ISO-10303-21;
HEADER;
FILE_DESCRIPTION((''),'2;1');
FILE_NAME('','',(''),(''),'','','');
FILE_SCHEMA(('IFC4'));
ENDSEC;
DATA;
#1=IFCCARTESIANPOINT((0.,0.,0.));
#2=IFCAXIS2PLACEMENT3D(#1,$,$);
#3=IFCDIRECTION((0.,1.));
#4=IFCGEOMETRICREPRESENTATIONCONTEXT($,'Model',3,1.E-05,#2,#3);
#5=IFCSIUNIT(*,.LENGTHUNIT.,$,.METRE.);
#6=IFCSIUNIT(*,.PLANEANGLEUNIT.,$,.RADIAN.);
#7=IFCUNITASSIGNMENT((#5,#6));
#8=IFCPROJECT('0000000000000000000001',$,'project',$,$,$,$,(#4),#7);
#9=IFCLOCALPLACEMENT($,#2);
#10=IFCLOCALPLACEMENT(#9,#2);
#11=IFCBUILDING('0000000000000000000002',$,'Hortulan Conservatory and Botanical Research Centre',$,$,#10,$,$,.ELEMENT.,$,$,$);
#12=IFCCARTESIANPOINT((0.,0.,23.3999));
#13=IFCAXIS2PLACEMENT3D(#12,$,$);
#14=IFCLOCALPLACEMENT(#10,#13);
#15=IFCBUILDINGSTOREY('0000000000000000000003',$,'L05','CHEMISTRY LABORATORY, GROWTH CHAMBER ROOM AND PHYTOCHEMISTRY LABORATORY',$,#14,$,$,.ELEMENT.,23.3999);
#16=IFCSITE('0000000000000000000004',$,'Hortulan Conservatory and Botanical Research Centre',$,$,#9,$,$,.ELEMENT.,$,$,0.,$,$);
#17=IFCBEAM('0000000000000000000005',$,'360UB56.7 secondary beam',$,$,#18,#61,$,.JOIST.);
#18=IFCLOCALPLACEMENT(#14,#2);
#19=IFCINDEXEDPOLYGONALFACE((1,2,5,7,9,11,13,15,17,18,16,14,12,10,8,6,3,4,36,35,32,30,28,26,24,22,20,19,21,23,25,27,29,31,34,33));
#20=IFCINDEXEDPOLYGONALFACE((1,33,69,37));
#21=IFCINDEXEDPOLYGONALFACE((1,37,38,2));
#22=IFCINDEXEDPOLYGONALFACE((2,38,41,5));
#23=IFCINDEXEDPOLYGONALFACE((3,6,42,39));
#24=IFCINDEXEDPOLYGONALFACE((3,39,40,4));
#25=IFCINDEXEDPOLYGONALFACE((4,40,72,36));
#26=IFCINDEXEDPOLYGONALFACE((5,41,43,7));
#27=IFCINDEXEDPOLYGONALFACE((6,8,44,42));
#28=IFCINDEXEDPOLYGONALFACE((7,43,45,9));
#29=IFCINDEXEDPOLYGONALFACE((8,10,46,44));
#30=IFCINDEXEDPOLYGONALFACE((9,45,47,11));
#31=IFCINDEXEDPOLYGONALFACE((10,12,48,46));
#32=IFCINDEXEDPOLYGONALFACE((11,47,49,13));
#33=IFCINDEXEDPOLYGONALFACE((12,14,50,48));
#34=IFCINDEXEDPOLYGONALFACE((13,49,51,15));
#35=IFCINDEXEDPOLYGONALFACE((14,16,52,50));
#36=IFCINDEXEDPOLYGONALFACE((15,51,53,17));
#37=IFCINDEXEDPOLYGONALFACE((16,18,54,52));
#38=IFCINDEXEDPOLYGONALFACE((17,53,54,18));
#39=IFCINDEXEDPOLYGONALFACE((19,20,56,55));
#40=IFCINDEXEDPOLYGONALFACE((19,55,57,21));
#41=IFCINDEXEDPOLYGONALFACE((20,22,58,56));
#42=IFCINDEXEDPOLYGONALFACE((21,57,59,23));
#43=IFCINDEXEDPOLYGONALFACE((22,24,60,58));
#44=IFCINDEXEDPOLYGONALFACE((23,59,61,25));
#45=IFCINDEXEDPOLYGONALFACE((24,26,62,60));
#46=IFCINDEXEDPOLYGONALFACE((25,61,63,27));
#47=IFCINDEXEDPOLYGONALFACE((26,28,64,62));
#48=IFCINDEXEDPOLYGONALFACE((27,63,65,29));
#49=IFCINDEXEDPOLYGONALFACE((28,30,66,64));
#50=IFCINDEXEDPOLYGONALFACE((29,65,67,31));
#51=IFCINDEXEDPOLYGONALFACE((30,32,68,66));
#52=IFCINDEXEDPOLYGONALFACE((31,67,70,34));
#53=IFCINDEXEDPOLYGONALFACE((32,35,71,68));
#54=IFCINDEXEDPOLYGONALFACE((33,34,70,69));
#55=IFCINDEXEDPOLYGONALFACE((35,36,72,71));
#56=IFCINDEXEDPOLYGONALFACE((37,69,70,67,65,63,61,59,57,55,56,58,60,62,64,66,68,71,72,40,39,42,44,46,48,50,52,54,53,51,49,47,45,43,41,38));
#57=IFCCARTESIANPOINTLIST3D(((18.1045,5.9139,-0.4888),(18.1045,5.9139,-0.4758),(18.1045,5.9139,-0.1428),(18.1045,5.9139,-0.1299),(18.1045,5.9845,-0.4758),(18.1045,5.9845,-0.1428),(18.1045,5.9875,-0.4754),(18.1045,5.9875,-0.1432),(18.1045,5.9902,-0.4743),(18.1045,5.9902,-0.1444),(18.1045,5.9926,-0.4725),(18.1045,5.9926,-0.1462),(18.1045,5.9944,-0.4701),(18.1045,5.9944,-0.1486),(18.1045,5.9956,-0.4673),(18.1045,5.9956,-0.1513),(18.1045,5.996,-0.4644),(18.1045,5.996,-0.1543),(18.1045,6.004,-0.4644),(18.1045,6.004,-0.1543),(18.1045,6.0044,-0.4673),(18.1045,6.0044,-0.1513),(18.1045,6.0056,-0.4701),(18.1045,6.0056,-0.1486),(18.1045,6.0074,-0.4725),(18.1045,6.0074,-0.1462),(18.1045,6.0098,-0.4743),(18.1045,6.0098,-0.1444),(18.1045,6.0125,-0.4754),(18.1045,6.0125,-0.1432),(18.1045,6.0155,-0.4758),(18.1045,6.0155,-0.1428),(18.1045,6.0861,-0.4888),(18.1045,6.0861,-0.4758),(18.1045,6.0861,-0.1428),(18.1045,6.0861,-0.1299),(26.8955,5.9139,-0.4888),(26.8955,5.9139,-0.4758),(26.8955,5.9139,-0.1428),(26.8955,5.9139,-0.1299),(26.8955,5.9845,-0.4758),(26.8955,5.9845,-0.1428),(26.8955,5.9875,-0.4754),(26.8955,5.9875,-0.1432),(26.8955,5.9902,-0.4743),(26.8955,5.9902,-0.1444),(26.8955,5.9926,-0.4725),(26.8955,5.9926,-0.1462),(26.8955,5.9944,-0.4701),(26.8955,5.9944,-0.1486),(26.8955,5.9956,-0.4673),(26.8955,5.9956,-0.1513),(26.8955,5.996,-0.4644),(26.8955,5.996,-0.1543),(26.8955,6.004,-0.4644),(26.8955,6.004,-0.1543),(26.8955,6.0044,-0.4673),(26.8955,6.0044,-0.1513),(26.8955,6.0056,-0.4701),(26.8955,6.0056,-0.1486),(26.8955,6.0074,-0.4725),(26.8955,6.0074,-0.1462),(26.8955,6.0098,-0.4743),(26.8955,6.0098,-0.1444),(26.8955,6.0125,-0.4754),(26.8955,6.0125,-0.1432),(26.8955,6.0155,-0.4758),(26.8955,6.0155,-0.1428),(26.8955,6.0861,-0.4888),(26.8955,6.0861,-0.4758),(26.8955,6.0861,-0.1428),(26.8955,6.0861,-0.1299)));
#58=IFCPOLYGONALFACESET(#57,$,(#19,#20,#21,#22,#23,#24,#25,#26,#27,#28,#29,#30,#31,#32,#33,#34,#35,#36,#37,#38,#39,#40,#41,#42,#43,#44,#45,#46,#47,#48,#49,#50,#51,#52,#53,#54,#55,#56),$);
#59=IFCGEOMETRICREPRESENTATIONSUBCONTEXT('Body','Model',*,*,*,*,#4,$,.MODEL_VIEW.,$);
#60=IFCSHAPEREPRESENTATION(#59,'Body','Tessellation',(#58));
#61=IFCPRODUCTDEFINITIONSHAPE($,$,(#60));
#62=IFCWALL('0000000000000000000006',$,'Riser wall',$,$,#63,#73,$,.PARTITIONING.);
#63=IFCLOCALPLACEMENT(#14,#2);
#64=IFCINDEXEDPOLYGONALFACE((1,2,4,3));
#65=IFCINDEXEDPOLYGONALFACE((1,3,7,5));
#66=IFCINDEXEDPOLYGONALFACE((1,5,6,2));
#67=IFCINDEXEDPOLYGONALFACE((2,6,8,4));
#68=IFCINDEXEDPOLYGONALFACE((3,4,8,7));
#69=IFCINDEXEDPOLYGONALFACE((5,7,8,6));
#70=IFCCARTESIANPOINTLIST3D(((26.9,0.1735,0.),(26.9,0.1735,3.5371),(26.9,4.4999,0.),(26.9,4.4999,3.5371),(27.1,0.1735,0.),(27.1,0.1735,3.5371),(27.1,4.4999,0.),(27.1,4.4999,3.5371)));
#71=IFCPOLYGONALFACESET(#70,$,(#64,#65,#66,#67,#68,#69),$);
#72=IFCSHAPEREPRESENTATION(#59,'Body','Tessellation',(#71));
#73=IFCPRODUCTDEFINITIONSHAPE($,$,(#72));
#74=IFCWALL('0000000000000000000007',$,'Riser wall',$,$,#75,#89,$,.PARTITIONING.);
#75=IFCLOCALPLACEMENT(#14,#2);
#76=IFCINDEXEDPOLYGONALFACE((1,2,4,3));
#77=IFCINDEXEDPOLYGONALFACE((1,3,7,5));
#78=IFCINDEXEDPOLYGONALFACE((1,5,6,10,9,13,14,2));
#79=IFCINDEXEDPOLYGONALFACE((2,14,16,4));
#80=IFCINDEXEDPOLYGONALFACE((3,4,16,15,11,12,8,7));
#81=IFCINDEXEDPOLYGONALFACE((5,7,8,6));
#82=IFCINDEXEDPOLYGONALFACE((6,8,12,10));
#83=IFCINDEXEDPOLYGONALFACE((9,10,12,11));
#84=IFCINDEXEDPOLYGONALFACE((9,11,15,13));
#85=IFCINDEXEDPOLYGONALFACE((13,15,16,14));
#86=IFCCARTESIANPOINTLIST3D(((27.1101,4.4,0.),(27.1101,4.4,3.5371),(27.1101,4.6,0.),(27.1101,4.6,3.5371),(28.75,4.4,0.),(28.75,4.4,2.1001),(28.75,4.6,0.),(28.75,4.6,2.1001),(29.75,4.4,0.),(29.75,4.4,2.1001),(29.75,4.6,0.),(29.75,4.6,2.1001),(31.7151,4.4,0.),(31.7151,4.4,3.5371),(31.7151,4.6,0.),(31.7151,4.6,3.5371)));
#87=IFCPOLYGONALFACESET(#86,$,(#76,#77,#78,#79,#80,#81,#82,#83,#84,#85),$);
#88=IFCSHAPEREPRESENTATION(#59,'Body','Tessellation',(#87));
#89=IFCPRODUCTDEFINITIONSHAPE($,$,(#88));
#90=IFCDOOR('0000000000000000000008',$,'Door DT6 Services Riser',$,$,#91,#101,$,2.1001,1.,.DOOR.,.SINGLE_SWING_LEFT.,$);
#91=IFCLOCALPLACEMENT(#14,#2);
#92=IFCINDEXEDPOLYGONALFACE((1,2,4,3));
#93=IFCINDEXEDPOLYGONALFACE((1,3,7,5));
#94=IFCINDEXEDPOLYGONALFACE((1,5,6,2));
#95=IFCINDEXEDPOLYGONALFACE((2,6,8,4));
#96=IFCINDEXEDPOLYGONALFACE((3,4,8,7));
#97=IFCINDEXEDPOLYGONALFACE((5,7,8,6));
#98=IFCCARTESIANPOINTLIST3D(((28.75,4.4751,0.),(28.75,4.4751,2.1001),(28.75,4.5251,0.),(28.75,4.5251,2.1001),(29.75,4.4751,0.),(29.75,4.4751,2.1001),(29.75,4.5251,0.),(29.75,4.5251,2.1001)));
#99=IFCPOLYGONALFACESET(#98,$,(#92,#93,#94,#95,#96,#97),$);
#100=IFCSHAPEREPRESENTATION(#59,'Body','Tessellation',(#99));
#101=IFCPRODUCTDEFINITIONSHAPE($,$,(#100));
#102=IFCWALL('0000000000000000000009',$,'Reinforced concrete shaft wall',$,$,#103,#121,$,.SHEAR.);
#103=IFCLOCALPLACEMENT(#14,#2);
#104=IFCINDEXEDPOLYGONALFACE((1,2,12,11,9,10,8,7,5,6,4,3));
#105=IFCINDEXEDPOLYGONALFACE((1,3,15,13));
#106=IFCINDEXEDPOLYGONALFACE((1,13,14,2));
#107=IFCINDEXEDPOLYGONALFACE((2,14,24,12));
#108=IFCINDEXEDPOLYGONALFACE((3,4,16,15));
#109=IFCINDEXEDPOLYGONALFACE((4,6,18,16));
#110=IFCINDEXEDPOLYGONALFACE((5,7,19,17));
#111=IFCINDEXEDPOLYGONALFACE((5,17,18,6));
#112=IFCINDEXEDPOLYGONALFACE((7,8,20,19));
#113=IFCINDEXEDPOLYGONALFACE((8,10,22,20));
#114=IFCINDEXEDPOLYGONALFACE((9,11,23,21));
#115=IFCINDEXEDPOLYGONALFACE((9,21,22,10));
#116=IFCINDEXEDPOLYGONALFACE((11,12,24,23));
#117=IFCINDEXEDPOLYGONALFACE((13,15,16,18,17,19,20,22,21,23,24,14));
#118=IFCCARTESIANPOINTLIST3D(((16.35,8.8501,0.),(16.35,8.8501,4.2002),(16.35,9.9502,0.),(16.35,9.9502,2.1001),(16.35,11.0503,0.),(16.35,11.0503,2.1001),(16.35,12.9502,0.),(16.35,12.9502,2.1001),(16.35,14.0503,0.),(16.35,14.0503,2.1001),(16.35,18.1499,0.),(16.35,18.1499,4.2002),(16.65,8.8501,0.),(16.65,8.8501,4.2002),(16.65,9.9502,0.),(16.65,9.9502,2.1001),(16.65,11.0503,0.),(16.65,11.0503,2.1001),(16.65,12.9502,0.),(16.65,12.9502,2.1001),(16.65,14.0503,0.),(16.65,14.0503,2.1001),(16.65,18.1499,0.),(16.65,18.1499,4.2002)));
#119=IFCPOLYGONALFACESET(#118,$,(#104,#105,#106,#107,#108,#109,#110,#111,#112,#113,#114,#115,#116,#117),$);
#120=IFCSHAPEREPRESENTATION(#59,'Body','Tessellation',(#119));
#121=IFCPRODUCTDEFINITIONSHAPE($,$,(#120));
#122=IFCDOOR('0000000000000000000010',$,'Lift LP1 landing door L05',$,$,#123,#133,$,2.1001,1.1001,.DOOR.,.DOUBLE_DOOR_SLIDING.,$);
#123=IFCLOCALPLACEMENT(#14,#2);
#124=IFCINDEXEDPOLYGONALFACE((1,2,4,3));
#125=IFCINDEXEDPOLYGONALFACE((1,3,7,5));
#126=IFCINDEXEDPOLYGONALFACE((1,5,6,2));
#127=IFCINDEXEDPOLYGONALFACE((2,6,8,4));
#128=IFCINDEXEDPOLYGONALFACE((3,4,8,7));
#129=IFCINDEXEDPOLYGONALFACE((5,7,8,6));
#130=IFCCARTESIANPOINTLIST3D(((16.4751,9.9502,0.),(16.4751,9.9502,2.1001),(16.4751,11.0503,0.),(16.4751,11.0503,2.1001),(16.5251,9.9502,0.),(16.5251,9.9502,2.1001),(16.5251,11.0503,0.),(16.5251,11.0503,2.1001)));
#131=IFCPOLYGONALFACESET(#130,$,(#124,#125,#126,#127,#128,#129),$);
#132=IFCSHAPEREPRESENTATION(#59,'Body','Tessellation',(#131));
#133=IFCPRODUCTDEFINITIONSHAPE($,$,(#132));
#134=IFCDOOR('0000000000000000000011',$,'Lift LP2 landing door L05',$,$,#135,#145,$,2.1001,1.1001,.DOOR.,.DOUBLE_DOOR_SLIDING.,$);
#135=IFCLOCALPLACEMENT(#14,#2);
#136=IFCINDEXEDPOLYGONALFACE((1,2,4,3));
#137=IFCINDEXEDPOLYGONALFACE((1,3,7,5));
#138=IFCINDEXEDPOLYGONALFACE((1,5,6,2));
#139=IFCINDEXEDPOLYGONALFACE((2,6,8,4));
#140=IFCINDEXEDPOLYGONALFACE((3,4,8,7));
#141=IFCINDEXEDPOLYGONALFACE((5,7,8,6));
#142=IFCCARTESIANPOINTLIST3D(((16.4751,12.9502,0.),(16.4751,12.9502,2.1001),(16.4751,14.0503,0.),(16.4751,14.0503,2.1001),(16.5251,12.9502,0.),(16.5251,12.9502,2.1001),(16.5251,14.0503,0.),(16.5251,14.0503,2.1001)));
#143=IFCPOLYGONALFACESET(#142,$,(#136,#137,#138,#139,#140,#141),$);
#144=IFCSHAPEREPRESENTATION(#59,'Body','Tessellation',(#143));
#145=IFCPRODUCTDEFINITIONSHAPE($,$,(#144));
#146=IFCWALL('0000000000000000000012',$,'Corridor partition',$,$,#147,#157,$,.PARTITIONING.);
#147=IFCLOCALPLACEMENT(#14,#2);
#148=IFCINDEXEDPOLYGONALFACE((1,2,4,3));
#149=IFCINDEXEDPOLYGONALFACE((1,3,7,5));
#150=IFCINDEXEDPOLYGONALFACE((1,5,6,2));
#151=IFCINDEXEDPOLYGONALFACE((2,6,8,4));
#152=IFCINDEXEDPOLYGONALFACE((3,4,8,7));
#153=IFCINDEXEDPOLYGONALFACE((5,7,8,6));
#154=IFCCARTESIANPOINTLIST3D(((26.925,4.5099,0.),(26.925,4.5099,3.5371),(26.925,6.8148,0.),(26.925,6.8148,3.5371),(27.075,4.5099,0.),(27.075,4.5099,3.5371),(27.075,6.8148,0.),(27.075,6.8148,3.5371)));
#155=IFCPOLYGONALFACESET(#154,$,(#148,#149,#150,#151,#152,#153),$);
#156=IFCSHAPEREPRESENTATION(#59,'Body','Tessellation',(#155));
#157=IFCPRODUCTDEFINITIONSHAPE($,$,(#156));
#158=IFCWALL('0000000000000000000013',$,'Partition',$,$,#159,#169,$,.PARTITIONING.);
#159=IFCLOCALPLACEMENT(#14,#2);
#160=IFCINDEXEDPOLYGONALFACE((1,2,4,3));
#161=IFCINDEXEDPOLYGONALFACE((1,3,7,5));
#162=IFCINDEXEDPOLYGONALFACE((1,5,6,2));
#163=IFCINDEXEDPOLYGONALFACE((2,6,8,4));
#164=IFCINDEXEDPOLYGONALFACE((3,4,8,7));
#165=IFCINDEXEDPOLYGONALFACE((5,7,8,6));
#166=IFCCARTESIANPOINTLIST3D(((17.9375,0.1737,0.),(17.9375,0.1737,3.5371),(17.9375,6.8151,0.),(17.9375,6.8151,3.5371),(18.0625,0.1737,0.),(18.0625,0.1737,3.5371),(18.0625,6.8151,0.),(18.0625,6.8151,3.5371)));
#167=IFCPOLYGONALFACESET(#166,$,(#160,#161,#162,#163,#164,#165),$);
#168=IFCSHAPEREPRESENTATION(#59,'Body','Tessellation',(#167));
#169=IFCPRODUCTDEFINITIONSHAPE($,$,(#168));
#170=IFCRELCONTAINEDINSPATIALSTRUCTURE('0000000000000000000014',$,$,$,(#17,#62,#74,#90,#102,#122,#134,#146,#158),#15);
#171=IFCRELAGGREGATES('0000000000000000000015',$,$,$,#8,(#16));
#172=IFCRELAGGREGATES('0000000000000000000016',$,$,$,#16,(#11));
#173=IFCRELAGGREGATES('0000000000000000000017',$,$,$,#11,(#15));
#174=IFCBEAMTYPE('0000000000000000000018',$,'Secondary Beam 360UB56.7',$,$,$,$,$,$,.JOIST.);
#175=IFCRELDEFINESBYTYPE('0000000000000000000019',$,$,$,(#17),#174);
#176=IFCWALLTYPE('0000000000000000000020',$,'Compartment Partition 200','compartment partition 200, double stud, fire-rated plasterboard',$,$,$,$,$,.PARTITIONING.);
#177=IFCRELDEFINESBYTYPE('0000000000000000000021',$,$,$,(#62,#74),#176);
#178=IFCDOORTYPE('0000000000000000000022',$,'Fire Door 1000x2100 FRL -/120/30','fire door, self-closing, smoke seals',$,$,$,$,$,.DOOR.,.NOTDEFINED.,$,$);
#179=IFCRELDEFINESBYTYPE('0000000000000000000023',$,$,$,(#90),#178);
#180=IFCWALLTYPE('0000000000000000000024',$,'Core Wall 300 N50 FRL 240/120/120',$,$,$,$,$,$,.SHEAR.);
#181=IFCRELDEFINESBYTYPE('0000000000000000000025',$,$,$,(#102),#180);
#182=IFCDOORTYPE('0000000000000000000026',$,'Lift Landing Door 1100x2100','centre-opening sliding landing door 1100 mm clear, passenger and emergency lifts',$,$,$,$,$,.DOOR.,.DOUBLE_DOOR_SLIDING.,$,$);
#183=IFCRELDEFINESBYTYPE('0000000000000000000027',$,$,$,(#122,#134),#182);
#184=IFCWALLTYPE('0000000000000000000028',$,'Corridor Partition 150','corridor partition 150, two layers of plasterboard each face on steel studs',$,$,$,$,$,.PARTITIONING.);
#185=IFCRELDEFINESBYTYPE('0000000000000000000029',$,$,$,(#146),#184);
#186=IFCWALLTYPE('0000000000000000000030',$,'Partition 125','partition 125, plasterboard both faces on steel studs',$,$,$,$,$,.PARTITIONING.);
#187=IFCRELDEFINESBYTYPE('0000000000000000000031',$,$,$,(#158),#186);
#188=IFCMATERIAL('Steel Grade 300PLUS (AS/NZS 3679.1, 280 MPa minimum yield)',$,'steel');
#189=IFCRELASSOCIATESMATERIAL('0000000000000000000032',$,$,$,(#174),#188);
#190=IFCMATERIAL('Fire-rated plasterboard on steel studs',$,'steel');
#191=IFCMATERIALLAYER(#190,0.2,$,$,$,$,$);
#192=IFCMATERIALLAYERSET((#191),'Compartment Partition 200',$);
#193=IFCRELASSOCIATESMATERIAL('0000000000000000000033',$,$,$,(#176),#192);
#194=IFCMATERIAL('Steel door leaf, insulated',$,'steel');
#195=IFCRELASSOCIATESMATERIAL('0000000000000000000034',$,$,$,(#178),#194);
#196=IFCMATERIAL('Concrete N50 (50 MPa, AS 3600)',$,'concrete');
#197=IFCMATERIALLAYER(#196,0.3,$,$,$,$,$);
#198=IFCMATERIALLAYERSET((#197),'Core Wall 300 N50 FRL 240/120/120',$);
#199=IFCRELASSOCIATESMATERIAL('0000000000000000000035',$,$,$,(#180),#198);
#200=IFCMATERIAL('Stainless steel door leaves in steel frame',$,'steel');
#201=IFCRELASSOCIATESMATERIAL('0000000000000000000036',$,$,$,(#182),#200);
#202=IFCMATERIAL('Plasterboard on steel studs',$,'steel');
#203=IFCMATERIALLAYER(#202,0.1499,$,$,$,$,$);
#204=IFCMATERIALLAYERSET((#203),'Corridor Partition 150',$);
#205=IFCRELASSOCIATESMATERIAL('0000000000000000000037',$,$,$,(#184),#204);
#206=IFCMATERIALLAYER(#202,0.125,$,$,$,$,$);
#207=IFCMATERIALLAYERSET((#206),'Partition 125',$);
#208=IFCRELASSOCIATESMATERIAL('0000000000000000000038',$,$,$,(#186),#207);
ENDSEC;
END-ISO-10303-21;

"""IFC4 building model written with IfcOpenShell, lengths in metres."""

from ifc_helpers import new_model, si_unit, direction, frame, frame_2d, origin, origin_2d, place, context, subcontext, project, spatial, rectangle, i_section, extrude, material, layer, layer_set, material_profile, profile_set, type_object, element, fill, save


model = new_model("IFC4")

# Units and contexts
model_context = context("Model", 3, precision=1e-05, world=origin(), true_north=direction((0.0, 1.0)))
body_context = subcontext(model_context, "Body", "Model", "MODEL_VIEW")
ifc_project = project(units=[si_unit("LENGTHUNIT", "METRE"), si_unit("PLANEANGLEUNIT", "RADIAN")], contexts=[model_context])

# Site, building, storey
site_placement = place(None, origin())
site = spatial("IfcSite", under=ifc_project, at=site_placement, Name="Hortulan Conservatory and Botanical Research Centre", CompositionType="ELEMENT", RefElevation=0.0)
building_placement = place(site_placement, origin())
building = spatial("IfcBuilding", under=site, at=building_placement, Name="Hortulan Conservatory and Botanical Research Centre", CompositionType="ELEMENT")
storey_placement = place(building_placement, frame((0.0, 0.0, 23.3999)))
storey = spatial("IfcBuildingStorey", under=building, at=storey_placement, Name="L05", Description="CHEMISTRY LABORATORY, GROWTH CHAMBER ROOM AND PHYTOCHEMISTRY LABORATORY", CompositionType="ELEMENT", Elevation=23.3999)

# Shared definitions
ifc_material_1 = material(Name="Steel Grade 300PLUS (AS/NZS 3679.1, 280 MPa minimum yield)", Category="steel")

# Beam
ifc_material_profile_1 = material_profile(ifc_material_1, i_section(OverallWidth=0.1721, OverallDepth=0.3589, WebThickness=0.0081, FlangeThickness=0.0129, FilletRadius=0.0115, at=origin_2d()), Name="360UB56.7")
ifc_profile_set_1 = profile_set([ifc_material_profile_1], Name="Steel Grade 300PLUS (AS/NZS 3679.1, 280 MPa minimum yield)")
beam_type_1 = type_object("IfcBeamType", Name="Secondary Beam 360UB56.7", PredefinedType="JOIST", material=ifc_profile_set_1)
for number, where, z_axis, x_axis, name in (
    (1, (18.1045, 6.0, -0.3093), (1.0, 0.0, 0.0), (0.0, 1.0, 0.0), "360UB56.7 secondary beam"),
):
    element("IfcBeam", number, at=place(storey_placement, frame(where, z_axis=z_axis, x_axis=x_axis)), inside=storey, type_object=beam_type_1, Name=name, PredefinedType="JOIST", context=body_context, shape_type="SweptSolid", body=[
        extrude(i_section(OverallWidth=0.1721, OverallDepth=0.3589, WebThickness=0.0081, FlangeThickness=0.0129, FilletRadius=0.0115, at=origin_2d()), origin(), (0.0, 0.0, 1.0), 8.791),
    ])

# Wall
ifc_material_2 = material(Name="Fire-rated plasterboard on steel studs", Category="steel")
ifc_layer_1 = layer(ifc_material_2, 0.2)
ifc_layer_set_1 = layer_set([ifc_layer_1], Name="Compartment Partition 200")
wall_type_1 = type_object("IfcWallType", Name="Compartment Partition 200", Description="compartment partition 200, double stud, fire-rated plasterboard", PredefinedType="PARTITIONING", material=ifc_layer_set_1)
wall_1_placement = place(storey_placement, frame((27.0, 0.1736, 0.0), z_axis=(0.0, 0.0, 1.0), x_axis=(0.0, 1.0, 0.0)))
element("IfcWall", 2, at=wall_1_placement, inside=storey, type_object=wall_type_1, Name="Riser wall", PredefinedType="PARTITIONING", context=body_context, shape_type="SweptSolid", body=[
    extrude(rectangle(XDim=4.3264, YDim=0.2, at=frame_2d((2.1631, 0.0))), origin(), (0.0, 0.0, 1.0), 3.5371),
])

# Wall, opening, door
wall_2_placement = place(storey_placement, frame((27.1101, 4.5, 0.0), z_axis=(0.0, 0.0, 1.0), x_axis=(1.0, 0.0, 0.0)))
wall_2 = element("IfcWall", 3, at=wall_2_placement, inside=storey, type_object=wall_type_1, Name="Riser wall", PredefinedType="PARTITIONING", context=body_context, shape_type="SweptSolid", body=[
    extrude(rectangle(XDim=4.605, YDim=0.2, at=frame_2d((2.3025, 0.0))), origin(), (0.0, 0.0, 1.0), 3.5371),
])
opening_1_placement = place(wall_2_placement, frame((1.6399, 0.0, 0.0)))
opening_1 = element("IfcOpeningElement", 4, at=opening_1_placement, cuts=wall_2, PredefinedType="OPENING", context=body_context, shape_type="SweptSolid", body=[
    extrude(rectangle(XDim=1.0, YDim=2.1001, at=frame_2d((0.5, 1.05))), frame((0.0, 0.1099, 0.0), z_axis=(0.0, -1.0, 0.0), x_axis=(1.0, 0.0, 0.0)), (0.0, 0.0, 1.0), 0.22),
])
ifc_material_3 = material(Name="Steel door leaf, insulated", Category="steel")
door_type_1 = type_object("IfcDoorType", Name="Fire Door 1000x2100 FRL -/120/30", Description="fire door, self-closing, smoke seals", OperationType="NOTDEFINED", PredefinedType="DOOR", material=ifc_material_3)
door_1_placement = place(opening_1_placement, frame((1.0, 0.0, 0.0), z_axis=(0.0, 0.0, 1.0), x_axis=(-1.0, 0.0, 0.0)))
door_1 = element("IfcDoor", 5, at=door_1_placement, inside=storey, type_object=door_type_1, Name="Door DT6 Services Riser", OperationType="SINGLE_SWING_LEFT", OverallHeight=2.1001, OverallWidth=1.0, PredefinedType="DOOR", context=body_context, shape_type="SweptSolid", body=[
    extrude(rectangle(XDim=1.0, YDim=2.1001, at=frame_2d((0.5, 1.05))), frame((0.0, 0.0249, 0.0), z_axis=(0.0, -1.0, 0.0), x_axis=(1.0, 0.0, 0.0)), (0.0, 0.0, 1.0), 0.05),
])
fill(opening_1, door_1)

# Wall, openings, doors
ifc_material_4 = material(Name="Concrete N50 (50 MPa, AS 3600)", Category="concrete")
ifc_layer_2 = layer(ifc_material_4, 0.3)
ifc_layer_set_2 = layer_set([ifc_layer_2], Name="Core Wall 300 N50 FRL 240/120/120")
wall_type_2 = type_object("IfcWallType", Name="Core Wall 300 N50 FRL 240/120/120", PredefinedType="SHEAR", material=ifc_layer_set_2)
wall_3_placement = place(storey_placement, frame((16.5, 8.8501, 0.0), z_axis=(0.0, 0.0, 1.0), x_axis=(0.0, 1.0, 0.0)))
wall_3 = element("IfcWall", 6, at=wall_3_placement, inside=storey, type_object=wall_type_2, Name="Reinforced concrete shaft wall", PredefinedType="SHEAR", context=body_context, shape_type="SweptSolid", body=[
    extrude(rectangle(XDim=9.2998, YDim=0.3, at=frame_2d((4.6499, 0.0))), origin(), (0.0, 0.0, 1.0), 4.2002),
])
opening_2_placement = place(wall_3_placement, frame((1.1001, 0.0, 0.0)))
opening_2 = element("IfcOpeningElement", 7, at=opening_2_placement, cuts=wall_3, PredefinedType="OPENING", context=body_context, shape_type="SweptSolid", body=[
    extrude(rectangle(XDim=1.1001, YDim=2.1001, at=frame_2d((0.55, 1.05))), frame((0.0, 0.1599, 0.0), z_axis=(0.0, -1.0, 0.0), x_axis=(1.0, 0.0, 0.0)), (0.0, 0.0, 1.0), 0.3201),
])
opening_3_placement = place(wall_3_placement, frame((4.1001, 0.0, 0.0)))
opening_3 = element("IfcOpeningElement", 8, at=opening_3_placement, cuts=wall_3, PredefinedType="OPENING", context=body_context, shape_type="SweptSolid", body=[
    extrude(rectangle(XDim=1.1001, YDim=2.1001, at=frame_2d((0.55, 1.05))), frame((0.0, 0.1599, 0.0), z_axis=(0.0, -1.0, 0.0), x_axis=(1.0, 0.0, 0.0)), (0.0, 0.0, 1.0), 0.3201),
])
ifc_material_5 = material(Name="Stainless steel door leaves in steel frame", Category="steel")
door_type_2 = type_object("IfcDoorType", Name="Lift Landing Door 1100x2100", Description="centre-opening sliding landing door 1100 mm clear, passenger and emergency lifts", OperationType="DOUBLE_DOOR_SLIDING", PredefinedType="DOOR", material=ifc_material_5)
door_2_placement = place(opening_2_placement, origin())
door_2 = element("IfcDoor", 9, at=door_2_placement, inside=storey, type_object=door_type_2, Name="Lift LP1 landing door L05", OperationType="DOUBLE_DOOR_SLIDING", OverallHeight=2.1001, OverallWidth=1.1001, PredefinedType="DOOR", context=body_context, shape_type="SweptSolid", body=[
    extrude(rectangle(XDim=1.1001, YDim=2.1001, at=frame_2d((0.55, 1.05))), frame((0.0, 0.0249, 0.0), z_axis=(0.0, -1.0, 0.0), x_axis=(1.0, 0.0, 0.0)), (0.0, 0.0, 1.0), 0.05),
])
fill(opening_2, door_2)
door_3_placement = place(opening_3_placement, origin())
door_3 = element("IfcDoor", 10, at=door_3_placement, inside=storey, type_object=door_type_2, Name="Lift LP2 landing door L05", OperationType="DOUBLE_DOOR_SLIDING", OverallHeight=2.1001, OverallWidth=1.1001, PredefinedType="DOOR", context=body_context, shape_type="SweptSolid", body=[
    extrude(rectangle(XDim=1.1001, YDim=2.1001, at=frame_2d((0.55, 1.05))), frame((0.0, 0.0249, 0.0), z_axis=(0.0, -1.0, 0.0), x_axis=(1.0, 0.0, 0.0)), (0.0, 0.0, 1.0), 0.05),
])
fill(opening_3, door_3)

# Walls
ifc_material_6 = material(Name="Plasterboard on steel studs", Category="steel")
ifc_layer_3 = layer(ifc_material_6, 0.1499)
ifc_layer_set_3 = layer_set([ifc_layer_3], Name="Corridor Partition 150")
wall_type_3 = type_object("IfcWallType", Name="Corridor Partition 150", Description="corridor partition 150, two layers of plasterboard each face on steel studs", PredefinedType="PARTITIONING", material=ifc_layer_set_3)
wall_4_placement = place(storey_placement, frame((27.0, 4.51, 0.0), z_axis=(0.0, 0.0, 1.0), x_axis=(0.0, 1.0, 0.0)))
element("IfcWall", 11, at=wall_4_placement, inside=storey, type_object=wall_type_3, Name="Corridor partition", PredefinedType="PARTITIONING", context=body_context, shape_type="SweptSolid", body=[
    extrude(rectangle(XDim=2.3049, YDim=0.1499, at=frame_2d((1.1523, 0.0))), origin(), (0.0, 0.0, 1.0), 3.5371),
])
ifc_layer_4 = layer(ifc_material_6, 0.125)
ifc_layer_set_4 = layer_set([ifc_layer_4], Name="Partition 125")
wall_type_4 = type_object("IfcWallType", Name="Partition 125", Description="partition 125, plasterboard both faces on steel studs", PredefinedType="PARTITIONING", material=ifc_layer_set_4)
wall_5_placement = place(storey_placement, frame((18.0, 0.1736, 0.0), z_axis=(0.0, 0.0, 1.0), x_axis=(0.0, 1.0, 0.0)))
element("IfcWall", 12, at=wall_5_placement, inside=storey, type_object=wall_type_4, Name="Partition", PredefinedType="PARTITIONING", context=body_context, shape_type="SweptSolid", body=[
    extrude(rectangle(XDim=6.6414, YDim=0.125, at=frame_2d((3.3208, 0.0))), origin(), (0.0, 0.0, 1.0), 3.5371),
])

save(model, "model.ifc")
